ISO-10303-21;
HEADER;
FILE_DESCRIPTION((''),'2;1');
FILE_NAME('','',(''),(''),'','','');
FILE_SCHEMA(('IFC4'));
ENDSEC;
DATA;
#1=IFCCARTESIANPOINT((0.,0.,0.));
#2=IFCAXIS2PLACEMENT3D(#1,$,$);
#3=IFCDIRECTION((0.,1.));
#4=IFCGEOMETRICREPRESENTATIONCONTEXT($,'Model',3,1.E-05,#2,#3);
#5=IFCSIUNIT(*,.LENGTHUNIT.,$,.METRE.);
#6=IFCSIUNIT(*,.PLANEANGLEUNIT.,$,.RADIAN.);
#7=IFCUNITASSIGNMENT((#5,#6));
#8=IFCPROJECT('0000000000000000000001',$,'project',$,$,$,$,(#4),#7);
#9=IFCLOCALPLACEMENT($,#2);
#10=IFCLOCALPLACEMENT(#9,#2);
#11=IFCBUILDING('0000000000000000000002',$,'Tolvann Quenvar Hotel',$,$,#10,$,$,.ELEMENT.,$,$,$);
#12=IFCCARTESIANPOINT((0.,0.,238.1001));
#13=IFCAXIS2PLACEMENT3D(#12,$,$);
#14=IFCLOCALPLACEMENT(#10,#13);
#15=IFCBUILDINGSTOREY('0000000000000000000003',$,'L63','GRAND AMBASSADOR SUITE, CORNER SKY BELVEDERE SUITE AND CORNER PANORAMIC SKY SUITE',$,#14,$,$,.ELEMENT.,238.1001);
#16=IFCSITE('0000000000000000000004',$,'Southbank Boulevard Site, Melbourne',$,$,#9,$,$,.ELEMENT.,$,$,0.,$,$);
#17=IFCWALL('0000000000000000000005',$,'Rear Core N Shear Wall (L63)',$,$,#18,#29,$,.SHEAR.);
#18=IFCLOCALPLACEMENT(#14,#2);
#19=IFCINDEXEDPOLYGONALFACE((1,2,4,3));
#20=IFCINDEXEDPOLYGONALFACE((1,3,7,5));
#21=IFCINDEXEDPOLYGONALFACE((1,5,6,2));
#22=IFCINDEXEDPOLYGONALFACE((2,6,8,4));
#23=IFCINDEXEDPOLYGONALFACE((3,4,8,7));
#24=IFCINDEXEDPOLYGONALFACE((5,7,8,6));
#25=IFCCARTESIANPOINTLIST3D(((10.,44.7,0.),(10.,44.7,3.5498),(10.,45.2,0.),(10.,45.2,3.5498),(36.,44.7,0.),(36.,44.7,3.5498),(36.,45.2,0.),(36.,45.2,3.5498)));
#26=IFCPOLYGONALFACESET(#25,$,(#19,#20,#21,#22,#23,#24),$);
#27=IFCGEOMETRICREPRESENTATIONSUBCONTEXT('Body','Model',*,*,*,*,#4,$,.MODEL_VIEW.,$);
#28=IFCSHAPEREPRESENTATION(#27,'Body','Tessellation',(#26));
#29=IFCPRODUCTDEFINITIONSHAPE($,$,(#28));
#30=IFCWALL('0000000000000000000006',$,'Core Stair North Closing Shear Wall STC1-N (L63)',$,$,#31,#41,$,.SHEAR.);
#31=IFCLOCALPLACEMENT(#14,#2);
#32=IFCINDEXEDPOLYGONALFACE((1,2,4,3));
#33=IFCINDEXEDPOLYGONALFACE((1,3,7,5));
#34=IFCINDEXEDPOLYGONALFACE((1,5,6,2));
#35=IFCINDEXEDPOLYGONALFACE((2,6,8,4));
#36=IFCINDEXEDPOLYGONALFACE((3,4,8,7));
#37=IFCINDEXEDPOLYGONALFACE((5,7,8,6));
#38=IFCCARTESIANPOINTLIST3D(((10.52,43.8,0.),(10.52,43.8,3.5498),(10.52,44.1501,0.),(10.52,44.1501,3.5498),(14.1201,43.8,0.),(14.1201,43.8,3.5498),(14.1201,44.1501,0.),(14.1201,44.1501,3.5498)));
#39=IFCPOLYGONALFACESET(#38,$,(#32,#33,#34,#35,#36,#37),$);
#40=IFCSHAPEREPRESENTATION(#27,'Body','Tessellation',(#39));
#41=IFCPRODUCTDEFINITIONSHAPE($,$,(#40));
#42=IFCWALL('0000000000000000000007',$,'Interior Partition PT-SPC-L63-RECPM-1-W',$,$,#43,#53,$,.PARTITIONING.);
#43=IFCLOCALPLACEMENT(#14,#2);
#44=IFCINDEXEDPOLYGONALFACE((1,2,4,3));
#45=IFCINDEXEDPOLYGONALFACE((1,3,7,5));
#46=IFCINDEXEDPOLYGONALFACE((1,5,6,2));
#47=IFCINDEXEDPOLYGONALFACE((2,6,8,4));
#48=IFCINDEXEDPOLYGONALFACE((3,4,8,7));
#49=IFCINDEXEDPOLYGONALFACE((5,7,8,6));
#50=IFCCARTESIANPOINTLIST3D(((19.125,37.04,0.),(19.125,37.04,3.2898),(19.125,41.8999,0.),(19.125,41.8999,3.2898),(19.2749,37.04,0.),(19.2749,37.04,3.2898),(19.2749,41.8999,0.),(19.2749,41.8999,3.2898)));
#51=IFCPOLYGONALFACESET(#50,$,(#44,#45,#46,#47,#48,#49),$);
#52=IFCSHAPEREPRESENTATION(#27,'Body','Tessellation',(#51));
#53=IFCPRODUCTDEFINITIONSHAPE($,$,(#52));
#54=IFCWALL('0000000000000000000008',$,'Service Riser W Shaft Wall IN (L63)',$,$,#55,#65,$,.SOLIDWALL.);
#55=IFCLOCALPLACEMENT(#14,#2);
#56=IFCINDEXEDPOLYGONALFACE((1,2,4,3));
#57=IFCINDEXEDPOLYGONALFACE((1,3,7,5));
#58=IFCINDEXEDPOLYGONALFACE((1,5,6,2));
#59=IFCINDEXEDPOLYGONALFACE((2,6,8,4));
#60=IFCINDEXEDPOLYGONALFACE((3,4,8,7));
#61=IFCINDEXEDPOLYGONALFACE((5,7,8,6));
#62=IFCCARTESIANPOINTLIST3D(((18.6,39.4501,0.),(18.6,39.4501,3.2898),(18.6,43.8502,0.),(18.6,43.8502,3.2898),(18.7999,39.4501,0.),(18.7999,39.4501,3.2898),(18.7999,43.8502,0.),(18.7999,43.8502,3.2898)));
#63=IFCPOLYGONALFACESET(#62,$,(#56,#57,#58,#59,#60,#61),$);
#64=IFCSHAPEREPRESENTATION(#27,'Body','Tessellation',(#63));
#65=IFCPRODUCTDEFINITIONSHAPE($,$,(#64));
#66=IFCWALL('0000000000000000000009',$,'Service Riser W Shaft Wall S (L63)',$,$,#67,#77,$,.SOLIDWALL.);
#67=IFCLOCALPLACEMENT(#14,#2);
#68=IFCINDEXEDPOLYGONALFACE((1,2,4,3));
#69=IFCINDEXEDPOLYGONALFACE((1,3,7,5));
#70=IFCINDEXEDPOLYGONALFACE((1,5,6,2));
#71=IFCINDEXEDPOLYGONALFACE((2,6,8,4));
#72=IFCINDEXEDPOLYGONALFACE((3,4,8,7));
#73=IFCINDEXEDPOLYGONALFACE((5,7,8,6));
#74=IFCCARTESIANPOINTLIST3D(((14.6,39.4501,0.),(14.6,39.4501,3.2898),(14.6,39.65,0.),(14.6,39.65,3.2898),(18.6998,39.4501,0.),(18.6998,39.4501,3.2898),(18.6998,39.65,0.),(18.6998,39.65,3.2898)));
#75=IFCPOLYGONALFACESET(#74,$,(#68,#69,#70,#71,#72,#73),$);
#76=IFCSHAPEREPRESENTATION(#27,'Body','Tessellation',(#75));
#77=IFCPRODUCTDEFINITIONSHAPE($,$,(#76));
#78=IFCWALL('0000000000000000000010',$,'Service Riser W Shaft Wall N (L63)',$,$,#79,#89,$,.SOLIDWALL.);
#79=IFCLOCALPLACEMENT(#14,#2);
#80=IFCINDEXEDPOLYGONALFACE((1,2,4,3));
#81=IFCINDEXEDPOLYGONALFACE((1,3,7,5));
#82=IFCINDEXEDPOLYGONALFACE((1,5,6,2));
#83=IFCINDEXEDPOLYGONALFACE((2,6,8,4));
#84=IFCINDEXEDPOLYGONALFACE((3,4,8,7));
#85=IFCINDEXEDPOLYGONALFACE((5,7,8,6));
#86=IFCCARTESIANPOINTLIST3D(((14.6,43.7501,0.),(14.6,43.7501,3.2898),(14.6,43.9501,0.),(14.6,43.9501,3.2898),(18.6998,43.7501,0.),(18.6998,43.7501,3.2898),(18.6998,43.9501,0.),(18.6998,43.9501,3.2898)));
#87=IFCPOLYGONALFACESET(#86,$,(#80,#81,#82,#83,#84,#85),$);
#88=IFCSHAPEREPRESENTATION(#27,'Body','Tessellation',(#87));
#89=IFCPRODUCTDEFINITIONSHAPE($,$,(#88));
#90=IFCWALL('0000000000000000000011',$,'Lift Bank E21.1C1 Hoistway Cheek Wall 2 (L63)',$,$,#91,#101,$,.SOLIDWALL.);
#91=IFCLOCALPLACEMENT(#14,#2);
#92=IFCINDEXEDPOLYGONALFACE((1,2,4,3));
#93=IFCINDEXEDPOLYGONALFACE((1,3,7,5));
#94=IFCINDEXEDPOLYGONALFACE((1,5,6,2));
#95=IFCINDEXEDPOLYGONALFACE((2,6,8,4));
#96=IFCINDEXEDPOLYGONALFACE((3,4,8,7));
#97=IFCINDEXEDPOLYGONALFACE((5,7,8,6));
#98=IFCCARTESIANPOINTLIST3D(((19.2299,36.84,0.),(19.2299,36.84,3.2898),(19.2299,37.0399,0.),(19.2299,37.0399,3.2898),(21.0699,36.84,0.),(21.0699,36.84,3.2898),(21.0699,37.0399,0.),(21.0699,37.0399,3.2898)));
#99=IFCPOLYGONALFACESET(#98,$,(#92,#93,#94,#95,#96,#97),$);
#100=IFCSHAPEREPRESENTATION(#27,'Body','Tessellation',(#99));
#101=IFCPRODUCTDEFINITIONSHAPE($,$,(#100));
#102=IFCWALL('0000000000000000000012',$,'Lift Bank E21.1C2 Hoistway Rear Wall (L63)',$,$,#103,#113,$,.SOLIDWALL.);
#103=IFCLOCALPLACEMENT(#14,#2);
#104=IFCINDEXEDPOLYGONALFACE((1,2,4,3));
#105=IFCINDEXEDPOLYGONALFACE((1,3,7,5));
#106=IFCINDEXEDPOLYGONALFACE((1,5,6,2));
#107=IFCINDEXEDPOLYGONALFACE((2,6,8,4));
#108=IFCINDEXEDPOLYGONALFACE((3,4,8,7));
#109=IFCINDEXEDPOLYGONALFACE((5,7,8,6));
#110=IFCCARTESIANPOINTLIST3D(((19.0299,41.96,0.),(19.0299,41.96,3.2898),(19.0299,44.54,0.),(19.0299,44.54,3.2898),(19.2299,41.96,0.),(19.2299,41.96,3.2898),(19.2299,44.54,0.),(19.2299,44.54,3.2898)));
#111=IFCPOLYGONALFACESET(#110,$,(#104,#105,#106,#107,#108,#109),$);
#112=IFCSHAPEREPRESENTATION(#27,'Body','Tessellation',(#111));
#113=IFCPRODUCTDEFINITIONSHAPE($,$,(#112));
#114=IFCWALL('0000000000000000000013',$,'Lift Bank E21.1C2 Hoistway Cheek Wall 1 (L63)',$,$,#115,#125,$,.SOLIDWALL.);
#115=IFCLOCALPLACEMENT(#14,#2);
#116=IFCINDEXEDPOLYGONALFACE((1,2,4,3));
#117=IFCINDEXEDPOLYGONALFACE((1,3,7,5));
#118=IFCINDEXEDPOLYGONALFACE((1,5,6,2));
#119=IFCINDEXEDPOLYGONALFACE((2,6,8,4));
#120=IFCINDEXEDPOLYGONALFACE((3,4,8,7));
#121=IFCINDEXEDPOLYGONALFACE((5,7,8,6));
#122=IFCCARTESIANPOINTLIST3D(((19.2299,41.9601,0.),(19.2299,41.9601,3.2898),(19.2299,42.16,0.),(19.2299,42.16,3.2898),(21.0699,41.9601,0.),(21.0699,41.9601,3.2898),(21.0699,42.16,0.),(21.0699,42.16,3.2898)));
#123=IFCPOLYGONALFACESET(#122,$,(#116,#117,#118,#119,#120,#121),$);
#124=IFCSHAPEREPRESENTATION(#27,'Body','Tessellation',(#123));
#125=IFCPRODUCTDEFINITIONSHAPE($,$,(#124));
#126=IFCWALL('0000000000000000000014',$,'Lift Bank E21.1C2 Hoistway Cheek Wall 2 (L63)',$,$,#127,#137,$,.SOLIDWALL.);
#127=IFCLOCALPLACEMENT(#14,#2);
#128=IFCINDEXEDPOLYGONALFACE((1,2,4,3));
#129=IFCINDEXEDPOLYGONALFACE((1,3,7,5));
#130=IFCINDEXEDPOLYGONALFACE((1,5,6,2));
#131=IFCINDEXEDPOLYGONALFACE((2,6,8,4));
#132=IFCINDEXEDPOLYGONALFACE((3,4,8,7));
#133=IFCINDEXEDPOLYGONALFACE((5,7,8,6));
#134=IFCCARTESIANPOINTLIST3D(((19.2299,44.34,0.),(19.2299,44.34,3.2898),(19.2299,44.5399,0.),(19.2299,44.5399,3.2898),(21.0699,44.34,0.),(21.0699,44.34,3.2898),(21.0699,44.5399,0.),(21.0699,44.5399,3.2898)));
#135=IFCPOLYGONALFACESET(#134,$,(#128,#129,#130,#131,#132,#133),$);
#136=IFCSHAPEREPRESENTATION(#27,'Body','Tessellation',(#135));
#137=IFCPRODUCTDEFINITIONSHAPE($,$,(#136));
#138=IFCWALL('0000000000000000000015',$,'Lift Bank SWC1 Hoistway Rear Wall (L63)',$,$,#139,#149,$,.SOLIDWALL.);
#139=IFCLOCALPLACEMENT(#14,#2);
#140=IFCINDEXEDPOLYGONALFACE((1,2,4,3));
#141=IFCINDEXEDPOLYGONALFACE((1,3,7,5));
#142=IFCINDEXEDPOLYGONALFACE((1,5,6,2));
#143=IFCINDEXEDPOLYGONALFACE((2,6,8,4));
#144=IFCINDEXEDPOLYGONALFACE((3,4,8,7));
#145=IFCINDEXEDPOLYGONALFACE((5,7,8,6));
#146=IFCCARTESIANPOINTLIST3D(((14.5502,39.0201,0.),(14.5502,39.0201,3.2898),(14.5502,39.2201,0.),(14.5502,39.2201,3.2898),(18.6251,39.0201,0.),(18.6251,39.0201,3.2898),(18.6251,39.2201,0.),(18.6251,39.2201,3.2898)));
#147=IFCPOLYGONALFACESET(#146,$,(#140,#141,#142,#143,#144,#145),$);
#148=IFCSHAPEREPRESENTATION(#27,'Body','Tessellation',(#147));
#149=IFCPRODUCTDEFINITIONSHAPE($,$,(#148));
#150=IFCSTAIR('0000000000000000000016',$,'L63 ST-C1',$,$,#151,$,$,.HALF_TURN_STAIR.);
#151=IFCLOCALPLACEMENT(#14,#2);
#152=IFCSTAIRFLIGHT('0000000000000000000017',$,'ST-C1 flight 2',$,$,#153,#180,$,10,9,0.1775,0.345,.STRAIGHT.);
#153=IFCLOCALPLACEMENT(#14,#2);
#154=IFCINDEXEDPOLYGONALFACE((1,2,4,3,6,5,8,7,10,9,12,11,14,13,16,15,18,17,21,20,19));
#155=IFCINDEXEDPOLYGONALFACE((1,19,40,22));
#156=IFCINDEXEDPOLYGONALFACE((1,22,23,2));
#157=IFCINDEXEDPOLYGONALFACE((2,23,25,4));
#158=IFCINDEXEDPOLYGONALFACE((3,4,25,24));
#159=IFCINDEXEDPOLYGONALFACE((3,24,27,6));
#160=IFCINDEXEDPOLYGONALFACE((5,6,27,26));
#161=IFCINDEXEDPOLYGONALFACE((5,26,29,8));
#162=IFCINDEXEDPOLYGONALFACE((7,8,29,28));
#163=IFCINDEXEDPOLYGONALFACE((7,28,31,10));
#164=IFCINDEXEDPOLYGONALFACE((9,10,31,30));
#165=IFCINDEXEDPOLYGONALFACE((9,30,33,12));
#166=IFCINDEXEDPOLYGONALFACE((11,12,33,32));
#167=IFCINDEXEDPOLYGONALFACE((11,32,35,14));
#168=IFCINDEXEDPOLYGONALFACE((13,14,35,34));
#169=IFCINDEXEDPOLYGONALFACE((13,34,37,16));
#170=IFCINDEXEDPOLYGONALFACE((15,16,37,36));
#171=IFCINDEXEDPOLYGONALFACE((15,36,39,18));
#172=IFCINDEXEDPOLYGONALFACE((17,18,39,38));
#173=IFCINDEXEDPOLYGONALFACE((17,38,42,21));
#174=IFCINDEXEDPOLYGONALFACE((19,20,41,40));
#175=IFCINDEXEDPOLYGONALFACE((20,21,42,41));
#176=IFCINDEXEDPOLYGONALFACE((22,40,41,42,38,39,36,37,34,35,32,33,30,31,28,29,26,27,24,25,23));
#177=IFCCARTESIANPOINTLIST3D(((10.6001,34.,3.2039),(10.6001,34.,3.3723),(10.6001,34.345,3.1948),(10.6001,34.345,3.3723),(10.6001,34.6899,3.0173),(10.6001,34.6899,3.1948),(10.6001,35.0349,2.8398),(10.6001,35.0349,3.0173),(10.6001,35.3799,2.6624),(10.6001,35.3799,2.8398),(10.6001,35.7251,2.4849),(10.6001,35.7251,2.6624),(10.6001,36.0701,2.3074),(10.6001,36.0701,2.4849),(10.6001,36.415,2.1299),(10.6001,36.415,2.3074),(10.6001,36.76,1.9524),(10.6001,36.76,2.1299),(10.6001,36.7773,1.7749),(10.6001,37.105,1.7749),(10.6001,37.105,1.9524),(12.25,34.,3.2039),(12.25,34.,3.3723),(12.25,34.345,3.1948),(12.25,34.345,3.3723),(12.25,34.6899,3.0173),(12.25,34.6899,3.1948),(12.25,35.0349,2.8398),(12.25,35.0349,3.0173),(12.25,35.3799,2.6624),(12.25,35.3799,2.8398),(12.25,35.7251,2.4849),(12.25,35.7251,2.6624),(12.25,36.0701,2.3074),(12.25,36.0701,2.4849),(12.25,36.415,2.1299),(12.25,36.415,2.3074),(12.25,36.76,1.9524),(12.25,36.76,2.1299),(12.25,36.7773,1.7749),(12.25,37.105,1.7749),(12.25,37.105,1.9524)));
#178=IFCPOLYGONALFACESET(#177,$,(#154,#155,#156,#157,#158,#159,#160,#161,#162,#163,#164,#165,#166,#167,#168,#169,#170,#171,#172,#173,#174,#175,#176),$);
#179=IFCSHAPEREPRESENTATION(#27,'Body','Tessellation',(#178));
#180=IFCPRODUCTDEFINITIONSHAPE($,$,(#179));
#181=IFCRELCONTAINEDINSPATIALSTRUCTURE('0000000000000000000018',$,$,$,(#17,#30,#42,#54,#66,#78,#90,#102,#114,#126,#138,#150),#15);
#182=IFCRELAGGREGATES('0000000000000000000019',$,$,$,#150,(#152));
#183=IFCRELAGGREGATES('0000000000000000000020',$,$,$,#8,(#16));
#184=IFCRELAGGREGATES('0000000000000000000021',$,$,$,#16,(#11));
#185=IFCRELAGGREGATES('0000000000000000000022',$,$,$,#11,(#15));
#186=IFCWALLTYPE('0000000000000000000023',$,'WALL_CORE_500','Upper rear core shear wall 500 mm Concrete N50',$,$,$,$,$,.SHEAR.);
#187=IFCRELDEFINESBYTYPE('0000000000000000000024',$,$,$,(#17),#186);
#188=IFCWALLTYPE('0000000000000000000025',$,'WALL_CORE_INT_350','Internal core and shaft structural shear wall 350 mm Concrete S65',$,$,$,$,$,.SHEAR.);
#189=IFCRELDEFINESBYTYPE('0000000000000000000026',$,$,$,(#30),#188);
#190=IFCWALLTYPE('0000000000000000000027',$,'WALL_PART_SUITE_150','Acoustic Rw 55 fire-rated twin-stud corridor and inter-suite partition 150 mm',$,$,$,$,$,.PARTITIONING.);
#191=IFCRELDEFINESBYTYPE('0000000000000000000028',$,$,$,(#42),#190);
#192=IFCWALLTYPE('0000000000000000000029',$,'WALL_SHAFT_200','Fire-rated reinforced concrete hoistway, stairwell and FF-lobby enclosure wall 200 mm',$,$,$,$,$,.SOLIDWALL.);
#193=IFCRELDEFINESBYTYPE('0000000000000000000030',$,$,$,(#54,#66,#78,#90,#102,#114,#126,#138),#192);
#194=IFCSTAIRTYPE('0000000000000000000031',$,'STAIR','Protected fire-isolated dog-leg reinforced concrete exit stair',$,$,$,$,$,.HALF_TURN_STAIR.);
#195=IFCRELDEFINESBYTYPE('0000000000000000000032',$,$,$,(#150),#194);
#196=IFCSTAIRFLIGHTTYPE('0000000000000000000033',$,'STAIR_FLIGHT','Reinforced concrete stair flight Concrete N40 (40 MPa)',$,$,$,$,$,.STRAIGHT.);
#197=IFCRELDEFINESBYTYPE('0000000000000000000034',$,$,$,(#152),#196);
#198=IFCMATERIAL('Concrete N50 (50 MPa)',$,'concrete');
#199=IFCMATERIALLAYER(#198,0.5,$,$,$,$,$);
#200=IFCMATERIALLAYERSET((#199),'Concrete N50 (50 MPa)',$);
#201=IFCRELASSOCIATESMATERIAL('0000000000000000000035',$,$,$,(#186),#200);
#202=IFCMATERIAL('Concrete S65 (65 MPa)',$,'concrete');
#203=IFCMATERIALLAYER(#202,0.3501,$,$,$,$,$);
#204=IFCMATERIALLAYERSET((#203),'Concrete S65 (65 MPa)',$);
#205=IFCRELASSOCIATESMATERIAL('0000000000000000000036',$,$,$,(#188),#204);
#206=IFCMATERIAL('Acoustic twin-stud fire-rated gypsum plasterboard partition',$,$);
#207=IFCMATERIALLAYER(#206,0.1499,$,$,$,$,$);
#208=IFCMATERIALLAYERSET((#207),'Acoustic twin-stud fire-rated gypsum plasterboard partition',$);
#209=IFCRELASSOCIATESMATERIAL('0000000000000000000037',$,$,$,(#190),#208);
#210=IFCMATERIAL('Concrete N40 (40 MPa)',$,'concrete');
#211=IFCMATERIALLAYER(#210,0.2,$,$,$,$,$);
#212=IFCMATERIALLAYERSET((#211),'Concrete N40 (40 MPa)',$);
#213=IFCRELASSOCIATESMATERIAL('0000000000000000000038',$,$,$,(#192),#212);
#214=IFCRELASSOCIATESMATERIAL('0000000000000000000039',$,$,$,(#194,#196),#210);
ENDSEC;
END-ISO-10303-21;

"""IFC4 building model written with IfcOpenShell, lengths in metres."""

from ifc_helpers import new_model, si_unit, direction, frame, frame_2d, origin, place, context, subcontext, project, spatial, polyline, rectangle, outline, extrude, material, layer, layer_set, type_object, element, aggregate, save


model = new_model("IFC4")

# Units and contexts
model_context = context("Model", 3, precision=1e-05, world=origin(), true_north=direction((0.0, 1.0)))
body_context = subcontext(model_context, "Body", "Model", "MODEL_VIEW")
ifc_project = project(units=[si_unit("LENGTHUNIT", "METRE"), si_unit("PLANEANGLEUNIT", "RADIAN")], contexts=[model_context])

# Site, building, storey
site_placement = place(None, origin())
site = spatial("IfcSite", under=ifc_project, at=site_placement, Name="Southbank Boulevard Site, Melbourne", CompositionType="ELEMENT", RefElevation=0.0)
building_placement = place(site_placement, origin())
building = spatial("IfcBuilding", under=site, at=building_placement, Name="Tolvann Quenvar Hotel", CompositionType="ELEMENT")
storey_placement = place(building_placement, frame((0.0, 0.0, 238.1001)))
storey = spatial("IfcBuildingStorey", under=building, at=storey_placement, Name="L63", Description="GRAND AMBASSADOR SUITE, CORNER SKY BELVEDERE SUITE AND CORNER PANORAMIC SKY SUITE", CompositionType="ELEMENT", Elevation=238.1001)

# Walls
ifc_material_1 = material(Name="Concrete N50 (50 MPa)", Category="concrete")
ifc_layer_1 = layer(ifc_material_1, 0.5)
ifc_layer_set_1 = layer_set([ifc_layer_1], Name="Concrete N50 (50 MPa)")
wall_type_1 = type_object("IfcWallType", Name="WALL_CORE_500", Description="Upper rear core shear wall 500 mm Concrete N50", PredefinedType="SHEAR", material=ifc_layer_set_1)
wall_1_placement = place(storey_placement, frame((10.0, 44.95, 0.0), z_axis=(0.0, 0.0, 1.0), x_axis=(1.0, 0.0, 0.0)))
element("IfcWall", 1, at=wall_1_placement, inside=storey, type_object=wall_type_1, Name="Rear Core N Shear Wall (L63)", PredefinedType="SHEAR", context=body_context, shape_type="SweptSolid", body=[
    extrude(rectangle(XDim=26.0, YDim=0.5, at=frame_2d((13.0, 0.0))), origin(), (0.0, 0.0, 1.0), 3.5498),
])
ifc_material_2 = material(Name="Concrete S65 (65 MPa)", Category="concrete")
ifc_layer_2 = layer(ifc_material_2, 0.3501)
ifc_layer_set_2 = layer_set([ifc_layer_2], Name="Concrete S65 (65 MPa)")
wall_type_2 = type_object("IfcWallType", Name="WALL_CORE_INT_350", Description="Internal core and shaft structural shear wall 350 mm Concrete S65", PredefinedType="SHEAR", material=ifc_layer_set_2)
wall_2_placement = place(storey_placement, frame((10.52, 43.9751, 0.0), z_axis=(0.0, 0.0, 1.0), x_axis=(1.0, 0.0, 0.0)))
element("IfcWall", 2, at=wall_2_placement, inside=storey, type_object=wall_type_2, Name="Core Stair North Closing Shear Wall STC1-N (L63)", PredefinedType="SHEAR", context=body_context, shape_type="SweptSolid", body=[
    extrude(rectangle(XDim=3.6001, YDim=0.3501, at=frame_2d((1.8, 0.0))), origin(), (0.0, 0.0, 1.0), 3.5498),
])
ifc_material_3 = material(Name="Acoustic twin-stud fire-rated gypsum plasterboard partition")
ifc_layer_3 = layer(ifc_material_3, 0.1499)
ifc_layer_set_3 = layer_set([ifc_layer_3], Name="Acoustic twin-stud fire-rated gypsum plasterboard partition")
wall_type_3 = type_object("IfcWallType", Name="WALL_PART_SUITE_150", Description="Acoustic Rw 55 fire-rated twin-stud corridor and inter-suite partition 150 mm", PredefinedType="PARTITIONING", material=ifc_layer_set_3)
wall_3_placement = place(storey_placement, frame((19.2, 37.04, 0.0), z_axis=(0.0, 0.0, 1.0), x_axis=(0.0, 1.0, 0.0)))
element("IfcWall", 3, at=wall_3_placement, inside=storey, type_object=wall_type_3, Name="Interior Partition PT-SPC-L63-RECPM-1-W", PredefinedType="PARTITIONING", context=body_context, shape_type="SweptSolid", body=[
    extrude(rectangle(XDim=4.8599, YDim=0.1499, at=frame_2d((2.4299, 0.0))), origin(), (0.0, 0.0, 1.0), 3.2898),
])
ifc_material_4 = material(Name="Concrete N40 (40 MPa)", Category="concrete")
ifc_layer_4 = layer(ifc_material_4, 0.2)
ifc_layer_set_4 = layer_set([ifc_layer_4], Name="Concrete N40 (40 MPa)")
wall_type_4 = type_object("IfcWallType", Name="WALL_SHAFT_200", Description="Fire-rated reinforced concrete hoistway, stairwell and FF-lobby enclosure wall 200 mm", PredefinedType="SOLIDWALL", material=ifc_layer_set_4)
wall_4_placement = place(storey_placement, frame((18.7, 39.45, 0.0), z_axis=(0.0, 0.0, 1.0), x_axis=(0.0, 1.0, 0.0)))
element("IfcWall", 4, at=wall_4_placement, inside=storey, type_object=wall_type_4, Name="Service Riser W Shaft Wall IN (L63)", PredefinedType="SOLIDWALL", context=body_context, shape_type="SweptSolid", body=[
    extrude(rectangle(XDim=4.4001, YDim=0.2, at=frame_2d((2.2002, 0.0))), origin(), (0.0, 0.0, 1.0), 3.2898),
])
for number, where, z_axis, x_axis, name in (
    (5, (14.6001, 39.55, 0.0), (0.0, 0.0, 1.0), (1.0, 0.0, 0.0), "Service Riser W Shaft Wall S (L63)"),
    (6, (14.6001, 43.8501, 0.0), (0.0, 0.0, 1.0), (1.0, 0.0, 0.0), "Service Riser W Shaft Wall N (L63)"),
):
    element("IfcWall", number, at=place(storey_placement, frame(where, z_axis=z_axis, x_axis=x_axis)), inside=storey, type_object=wall_type_4, Name=name, PredefinedType="SOLIDWALL", context=body_context, shape_type="SweptSolid", body=[
        extrude(rectangle(XDim=4.0999, YDim=0.2, at=frame_2d((2.0498, 0.0))), origin(), (0.0, 0.0, 1.0), 3.2898),
    ])
wall_5_placement = place(storey_placement, frame((19.23, 36.9399, 0.0), z_axis=(0.0, 0.0, 1.0), x_axis=(1.0, 0.0, 0.0)))
element("IfcWall", 7, at=wall_5_placement, inside=storey, type_object=wall_type_4, Name="Lift Bank E21.1C1 Hoistway Cheek Wall 2 (L63)", PredefinedType="SOLIDWALL", context=body_context, shape_type="SweptSolid", body=[
    extrude(rectangle(XDim=1.8401, YDim=0.2, at=frame_2d((0.9199, 0.0))), origin(), (0.0, 0.0, 1.0), 3.2898),
])
wall_6_placement = place(storey_placement, frame((19.1299, 41.96, 0.0), z_axis=(0.0, 0.0, 1.0), x_axis=(0.0, 1.0, 0.0)))
element("IfcWall", 8, at=wall_6_placement, inside=storey, type_object=wall_type_4, Name="Lift Bank E21.1C2 Hoistway Rear Wall (L63)", PredefinedType="SOLIDWALL", context=body_context, shape_type="SweptSolid", body=[
    extrude(rectangle(XDim=2.5801, YDim=0.2, at=frame_2d((1.29, 0.0))), origin(), (0.0, 0.0, 1.0), 3.2898),
])
for number, where, z_axis, x_axis, name in (
    (9, (19.23, 42.0601, 0.0), (0.0, 0.0, 1.0), (1.0, 0.0, 0.0), "Lift Bank E21.1C2 Hoistway Cheek Wall 1 (L63)"),
    (10, (19.23, 44.4399, 0.0), (0.0, 0.0, 1.0), (1.0, 0.0, 0.0), "Lift Bank E21.1C2 Hoistway Cheek Wall 2 (L63)"),
):
    element("IfcWall", number, at=place(storey_placement, frame(where, z_axis=z_axis, x_axis=x_axis)), inside=storey, type_object=wall_type_4, Name=name, PredefinedType="SOLIDWALL", context=body_context, shape_type="SweptSolid", body=[
        extrude(rectangle(XDim=1.8401, YDim=0.2, at=frame_2d((0.9199, 0.0))), origin(), (0.0, 0.0, 1.0), 3.2898),
    ])
wall_7_placement = place(storey_placement, frame((14.55, 39.1201, 0.0), z_axis=(0.0, 0.0, 1.0), x_axis=(1.0, 0.0, 0.0)))
element("IfcWall", 11, at=wall_7_placement, inside=storey, type_object=wall_type_4, Name="Lift Bank SWC1 Hoistway Rear Wall (L63)", PredefinedType="SOLIDWALL", context=body_context, shape_type="SweptSolid", body=[
    extrude(rectangle(XDim=4.075, YDim=0.2, at=frame_2d((2.0376, 0.0))), origin(), (0.0, 0.0, 1.0), 3.2898),
])

# Stair, stair flight
stair_type = type_object("IfcStairType", Name="STAIR", Description="Protected fire-isolated dog-leg reinforced concrete exit stair", PredefinedType="HALF_TURN_STAIR", material=ifc_material_4)
stair_placement = place(storey_placement, origin())
stair = element("IfcStair", 12, at=stair_placement, inside=storey, type_object=stair_type, Name="L63 ST-C1", PredefinedType="HALF_TURN_STAIR")
stair_flight_type = type_object("IfcStairFlightType", Name="STAIR_FLIGHT", Description="Reinforced concrete stair flight Concrete N40 (40 MPa)", PredefinedType="STRAIGHT", material=ifc_material_4)
stair_flight_placement = place(storey_placement, frame((11.425, 37.105, 1.7749), z_axis=(0.0, 0.0, 1.0), x_axis=(0.0, -1.0, 0.0)))
stair_flight = element("IfcStairFlight", 13, at=stair_flight_placement, type_object=stair_flight_type, Name="ST-C1 flight 2", NumberOfRisers=10, NumberOfTreads=9, PredefinedType="STRAIGHT", RiserHeight=0.1775, TreadLength=0.345, context=body_context, shape_type="SweptSolid", body=[
    extrude(outline(polyline([(0.0, 0.0), (0.0, 0.1775), (0.345, 0.1775), (0.345, 0.355), (0.6899, 0.355), (0.6899, 0.5325), (1.0349, 0.5325), (1.0349, 0.71), (1.3799, 0.71), (1.3799, 0.8875), (1.7251, 0.8875), (1.7251, 1.0649), (2.0701, 1.0649), (2.0701, 1.2424), (2.415, 1.2424), (2.415, 1.4199), (2.76, 1.4199), (2.76, 1.5974), (3.105, 1.5974), (3.105, 1.7749), (3.105, 1.429), (0.3276, 0.0), (0.0, 0.0)])), frame((0.0, 0.825, 0.0), z_axis=(0.0, -1.0, 0.0), x_axis=(1.0, 0.0, 0.0)), (0.0, 0.0, 1.0), 1.6499),
])
aggregate(stair, [stair_flight])

save(model, "model.ifc")
